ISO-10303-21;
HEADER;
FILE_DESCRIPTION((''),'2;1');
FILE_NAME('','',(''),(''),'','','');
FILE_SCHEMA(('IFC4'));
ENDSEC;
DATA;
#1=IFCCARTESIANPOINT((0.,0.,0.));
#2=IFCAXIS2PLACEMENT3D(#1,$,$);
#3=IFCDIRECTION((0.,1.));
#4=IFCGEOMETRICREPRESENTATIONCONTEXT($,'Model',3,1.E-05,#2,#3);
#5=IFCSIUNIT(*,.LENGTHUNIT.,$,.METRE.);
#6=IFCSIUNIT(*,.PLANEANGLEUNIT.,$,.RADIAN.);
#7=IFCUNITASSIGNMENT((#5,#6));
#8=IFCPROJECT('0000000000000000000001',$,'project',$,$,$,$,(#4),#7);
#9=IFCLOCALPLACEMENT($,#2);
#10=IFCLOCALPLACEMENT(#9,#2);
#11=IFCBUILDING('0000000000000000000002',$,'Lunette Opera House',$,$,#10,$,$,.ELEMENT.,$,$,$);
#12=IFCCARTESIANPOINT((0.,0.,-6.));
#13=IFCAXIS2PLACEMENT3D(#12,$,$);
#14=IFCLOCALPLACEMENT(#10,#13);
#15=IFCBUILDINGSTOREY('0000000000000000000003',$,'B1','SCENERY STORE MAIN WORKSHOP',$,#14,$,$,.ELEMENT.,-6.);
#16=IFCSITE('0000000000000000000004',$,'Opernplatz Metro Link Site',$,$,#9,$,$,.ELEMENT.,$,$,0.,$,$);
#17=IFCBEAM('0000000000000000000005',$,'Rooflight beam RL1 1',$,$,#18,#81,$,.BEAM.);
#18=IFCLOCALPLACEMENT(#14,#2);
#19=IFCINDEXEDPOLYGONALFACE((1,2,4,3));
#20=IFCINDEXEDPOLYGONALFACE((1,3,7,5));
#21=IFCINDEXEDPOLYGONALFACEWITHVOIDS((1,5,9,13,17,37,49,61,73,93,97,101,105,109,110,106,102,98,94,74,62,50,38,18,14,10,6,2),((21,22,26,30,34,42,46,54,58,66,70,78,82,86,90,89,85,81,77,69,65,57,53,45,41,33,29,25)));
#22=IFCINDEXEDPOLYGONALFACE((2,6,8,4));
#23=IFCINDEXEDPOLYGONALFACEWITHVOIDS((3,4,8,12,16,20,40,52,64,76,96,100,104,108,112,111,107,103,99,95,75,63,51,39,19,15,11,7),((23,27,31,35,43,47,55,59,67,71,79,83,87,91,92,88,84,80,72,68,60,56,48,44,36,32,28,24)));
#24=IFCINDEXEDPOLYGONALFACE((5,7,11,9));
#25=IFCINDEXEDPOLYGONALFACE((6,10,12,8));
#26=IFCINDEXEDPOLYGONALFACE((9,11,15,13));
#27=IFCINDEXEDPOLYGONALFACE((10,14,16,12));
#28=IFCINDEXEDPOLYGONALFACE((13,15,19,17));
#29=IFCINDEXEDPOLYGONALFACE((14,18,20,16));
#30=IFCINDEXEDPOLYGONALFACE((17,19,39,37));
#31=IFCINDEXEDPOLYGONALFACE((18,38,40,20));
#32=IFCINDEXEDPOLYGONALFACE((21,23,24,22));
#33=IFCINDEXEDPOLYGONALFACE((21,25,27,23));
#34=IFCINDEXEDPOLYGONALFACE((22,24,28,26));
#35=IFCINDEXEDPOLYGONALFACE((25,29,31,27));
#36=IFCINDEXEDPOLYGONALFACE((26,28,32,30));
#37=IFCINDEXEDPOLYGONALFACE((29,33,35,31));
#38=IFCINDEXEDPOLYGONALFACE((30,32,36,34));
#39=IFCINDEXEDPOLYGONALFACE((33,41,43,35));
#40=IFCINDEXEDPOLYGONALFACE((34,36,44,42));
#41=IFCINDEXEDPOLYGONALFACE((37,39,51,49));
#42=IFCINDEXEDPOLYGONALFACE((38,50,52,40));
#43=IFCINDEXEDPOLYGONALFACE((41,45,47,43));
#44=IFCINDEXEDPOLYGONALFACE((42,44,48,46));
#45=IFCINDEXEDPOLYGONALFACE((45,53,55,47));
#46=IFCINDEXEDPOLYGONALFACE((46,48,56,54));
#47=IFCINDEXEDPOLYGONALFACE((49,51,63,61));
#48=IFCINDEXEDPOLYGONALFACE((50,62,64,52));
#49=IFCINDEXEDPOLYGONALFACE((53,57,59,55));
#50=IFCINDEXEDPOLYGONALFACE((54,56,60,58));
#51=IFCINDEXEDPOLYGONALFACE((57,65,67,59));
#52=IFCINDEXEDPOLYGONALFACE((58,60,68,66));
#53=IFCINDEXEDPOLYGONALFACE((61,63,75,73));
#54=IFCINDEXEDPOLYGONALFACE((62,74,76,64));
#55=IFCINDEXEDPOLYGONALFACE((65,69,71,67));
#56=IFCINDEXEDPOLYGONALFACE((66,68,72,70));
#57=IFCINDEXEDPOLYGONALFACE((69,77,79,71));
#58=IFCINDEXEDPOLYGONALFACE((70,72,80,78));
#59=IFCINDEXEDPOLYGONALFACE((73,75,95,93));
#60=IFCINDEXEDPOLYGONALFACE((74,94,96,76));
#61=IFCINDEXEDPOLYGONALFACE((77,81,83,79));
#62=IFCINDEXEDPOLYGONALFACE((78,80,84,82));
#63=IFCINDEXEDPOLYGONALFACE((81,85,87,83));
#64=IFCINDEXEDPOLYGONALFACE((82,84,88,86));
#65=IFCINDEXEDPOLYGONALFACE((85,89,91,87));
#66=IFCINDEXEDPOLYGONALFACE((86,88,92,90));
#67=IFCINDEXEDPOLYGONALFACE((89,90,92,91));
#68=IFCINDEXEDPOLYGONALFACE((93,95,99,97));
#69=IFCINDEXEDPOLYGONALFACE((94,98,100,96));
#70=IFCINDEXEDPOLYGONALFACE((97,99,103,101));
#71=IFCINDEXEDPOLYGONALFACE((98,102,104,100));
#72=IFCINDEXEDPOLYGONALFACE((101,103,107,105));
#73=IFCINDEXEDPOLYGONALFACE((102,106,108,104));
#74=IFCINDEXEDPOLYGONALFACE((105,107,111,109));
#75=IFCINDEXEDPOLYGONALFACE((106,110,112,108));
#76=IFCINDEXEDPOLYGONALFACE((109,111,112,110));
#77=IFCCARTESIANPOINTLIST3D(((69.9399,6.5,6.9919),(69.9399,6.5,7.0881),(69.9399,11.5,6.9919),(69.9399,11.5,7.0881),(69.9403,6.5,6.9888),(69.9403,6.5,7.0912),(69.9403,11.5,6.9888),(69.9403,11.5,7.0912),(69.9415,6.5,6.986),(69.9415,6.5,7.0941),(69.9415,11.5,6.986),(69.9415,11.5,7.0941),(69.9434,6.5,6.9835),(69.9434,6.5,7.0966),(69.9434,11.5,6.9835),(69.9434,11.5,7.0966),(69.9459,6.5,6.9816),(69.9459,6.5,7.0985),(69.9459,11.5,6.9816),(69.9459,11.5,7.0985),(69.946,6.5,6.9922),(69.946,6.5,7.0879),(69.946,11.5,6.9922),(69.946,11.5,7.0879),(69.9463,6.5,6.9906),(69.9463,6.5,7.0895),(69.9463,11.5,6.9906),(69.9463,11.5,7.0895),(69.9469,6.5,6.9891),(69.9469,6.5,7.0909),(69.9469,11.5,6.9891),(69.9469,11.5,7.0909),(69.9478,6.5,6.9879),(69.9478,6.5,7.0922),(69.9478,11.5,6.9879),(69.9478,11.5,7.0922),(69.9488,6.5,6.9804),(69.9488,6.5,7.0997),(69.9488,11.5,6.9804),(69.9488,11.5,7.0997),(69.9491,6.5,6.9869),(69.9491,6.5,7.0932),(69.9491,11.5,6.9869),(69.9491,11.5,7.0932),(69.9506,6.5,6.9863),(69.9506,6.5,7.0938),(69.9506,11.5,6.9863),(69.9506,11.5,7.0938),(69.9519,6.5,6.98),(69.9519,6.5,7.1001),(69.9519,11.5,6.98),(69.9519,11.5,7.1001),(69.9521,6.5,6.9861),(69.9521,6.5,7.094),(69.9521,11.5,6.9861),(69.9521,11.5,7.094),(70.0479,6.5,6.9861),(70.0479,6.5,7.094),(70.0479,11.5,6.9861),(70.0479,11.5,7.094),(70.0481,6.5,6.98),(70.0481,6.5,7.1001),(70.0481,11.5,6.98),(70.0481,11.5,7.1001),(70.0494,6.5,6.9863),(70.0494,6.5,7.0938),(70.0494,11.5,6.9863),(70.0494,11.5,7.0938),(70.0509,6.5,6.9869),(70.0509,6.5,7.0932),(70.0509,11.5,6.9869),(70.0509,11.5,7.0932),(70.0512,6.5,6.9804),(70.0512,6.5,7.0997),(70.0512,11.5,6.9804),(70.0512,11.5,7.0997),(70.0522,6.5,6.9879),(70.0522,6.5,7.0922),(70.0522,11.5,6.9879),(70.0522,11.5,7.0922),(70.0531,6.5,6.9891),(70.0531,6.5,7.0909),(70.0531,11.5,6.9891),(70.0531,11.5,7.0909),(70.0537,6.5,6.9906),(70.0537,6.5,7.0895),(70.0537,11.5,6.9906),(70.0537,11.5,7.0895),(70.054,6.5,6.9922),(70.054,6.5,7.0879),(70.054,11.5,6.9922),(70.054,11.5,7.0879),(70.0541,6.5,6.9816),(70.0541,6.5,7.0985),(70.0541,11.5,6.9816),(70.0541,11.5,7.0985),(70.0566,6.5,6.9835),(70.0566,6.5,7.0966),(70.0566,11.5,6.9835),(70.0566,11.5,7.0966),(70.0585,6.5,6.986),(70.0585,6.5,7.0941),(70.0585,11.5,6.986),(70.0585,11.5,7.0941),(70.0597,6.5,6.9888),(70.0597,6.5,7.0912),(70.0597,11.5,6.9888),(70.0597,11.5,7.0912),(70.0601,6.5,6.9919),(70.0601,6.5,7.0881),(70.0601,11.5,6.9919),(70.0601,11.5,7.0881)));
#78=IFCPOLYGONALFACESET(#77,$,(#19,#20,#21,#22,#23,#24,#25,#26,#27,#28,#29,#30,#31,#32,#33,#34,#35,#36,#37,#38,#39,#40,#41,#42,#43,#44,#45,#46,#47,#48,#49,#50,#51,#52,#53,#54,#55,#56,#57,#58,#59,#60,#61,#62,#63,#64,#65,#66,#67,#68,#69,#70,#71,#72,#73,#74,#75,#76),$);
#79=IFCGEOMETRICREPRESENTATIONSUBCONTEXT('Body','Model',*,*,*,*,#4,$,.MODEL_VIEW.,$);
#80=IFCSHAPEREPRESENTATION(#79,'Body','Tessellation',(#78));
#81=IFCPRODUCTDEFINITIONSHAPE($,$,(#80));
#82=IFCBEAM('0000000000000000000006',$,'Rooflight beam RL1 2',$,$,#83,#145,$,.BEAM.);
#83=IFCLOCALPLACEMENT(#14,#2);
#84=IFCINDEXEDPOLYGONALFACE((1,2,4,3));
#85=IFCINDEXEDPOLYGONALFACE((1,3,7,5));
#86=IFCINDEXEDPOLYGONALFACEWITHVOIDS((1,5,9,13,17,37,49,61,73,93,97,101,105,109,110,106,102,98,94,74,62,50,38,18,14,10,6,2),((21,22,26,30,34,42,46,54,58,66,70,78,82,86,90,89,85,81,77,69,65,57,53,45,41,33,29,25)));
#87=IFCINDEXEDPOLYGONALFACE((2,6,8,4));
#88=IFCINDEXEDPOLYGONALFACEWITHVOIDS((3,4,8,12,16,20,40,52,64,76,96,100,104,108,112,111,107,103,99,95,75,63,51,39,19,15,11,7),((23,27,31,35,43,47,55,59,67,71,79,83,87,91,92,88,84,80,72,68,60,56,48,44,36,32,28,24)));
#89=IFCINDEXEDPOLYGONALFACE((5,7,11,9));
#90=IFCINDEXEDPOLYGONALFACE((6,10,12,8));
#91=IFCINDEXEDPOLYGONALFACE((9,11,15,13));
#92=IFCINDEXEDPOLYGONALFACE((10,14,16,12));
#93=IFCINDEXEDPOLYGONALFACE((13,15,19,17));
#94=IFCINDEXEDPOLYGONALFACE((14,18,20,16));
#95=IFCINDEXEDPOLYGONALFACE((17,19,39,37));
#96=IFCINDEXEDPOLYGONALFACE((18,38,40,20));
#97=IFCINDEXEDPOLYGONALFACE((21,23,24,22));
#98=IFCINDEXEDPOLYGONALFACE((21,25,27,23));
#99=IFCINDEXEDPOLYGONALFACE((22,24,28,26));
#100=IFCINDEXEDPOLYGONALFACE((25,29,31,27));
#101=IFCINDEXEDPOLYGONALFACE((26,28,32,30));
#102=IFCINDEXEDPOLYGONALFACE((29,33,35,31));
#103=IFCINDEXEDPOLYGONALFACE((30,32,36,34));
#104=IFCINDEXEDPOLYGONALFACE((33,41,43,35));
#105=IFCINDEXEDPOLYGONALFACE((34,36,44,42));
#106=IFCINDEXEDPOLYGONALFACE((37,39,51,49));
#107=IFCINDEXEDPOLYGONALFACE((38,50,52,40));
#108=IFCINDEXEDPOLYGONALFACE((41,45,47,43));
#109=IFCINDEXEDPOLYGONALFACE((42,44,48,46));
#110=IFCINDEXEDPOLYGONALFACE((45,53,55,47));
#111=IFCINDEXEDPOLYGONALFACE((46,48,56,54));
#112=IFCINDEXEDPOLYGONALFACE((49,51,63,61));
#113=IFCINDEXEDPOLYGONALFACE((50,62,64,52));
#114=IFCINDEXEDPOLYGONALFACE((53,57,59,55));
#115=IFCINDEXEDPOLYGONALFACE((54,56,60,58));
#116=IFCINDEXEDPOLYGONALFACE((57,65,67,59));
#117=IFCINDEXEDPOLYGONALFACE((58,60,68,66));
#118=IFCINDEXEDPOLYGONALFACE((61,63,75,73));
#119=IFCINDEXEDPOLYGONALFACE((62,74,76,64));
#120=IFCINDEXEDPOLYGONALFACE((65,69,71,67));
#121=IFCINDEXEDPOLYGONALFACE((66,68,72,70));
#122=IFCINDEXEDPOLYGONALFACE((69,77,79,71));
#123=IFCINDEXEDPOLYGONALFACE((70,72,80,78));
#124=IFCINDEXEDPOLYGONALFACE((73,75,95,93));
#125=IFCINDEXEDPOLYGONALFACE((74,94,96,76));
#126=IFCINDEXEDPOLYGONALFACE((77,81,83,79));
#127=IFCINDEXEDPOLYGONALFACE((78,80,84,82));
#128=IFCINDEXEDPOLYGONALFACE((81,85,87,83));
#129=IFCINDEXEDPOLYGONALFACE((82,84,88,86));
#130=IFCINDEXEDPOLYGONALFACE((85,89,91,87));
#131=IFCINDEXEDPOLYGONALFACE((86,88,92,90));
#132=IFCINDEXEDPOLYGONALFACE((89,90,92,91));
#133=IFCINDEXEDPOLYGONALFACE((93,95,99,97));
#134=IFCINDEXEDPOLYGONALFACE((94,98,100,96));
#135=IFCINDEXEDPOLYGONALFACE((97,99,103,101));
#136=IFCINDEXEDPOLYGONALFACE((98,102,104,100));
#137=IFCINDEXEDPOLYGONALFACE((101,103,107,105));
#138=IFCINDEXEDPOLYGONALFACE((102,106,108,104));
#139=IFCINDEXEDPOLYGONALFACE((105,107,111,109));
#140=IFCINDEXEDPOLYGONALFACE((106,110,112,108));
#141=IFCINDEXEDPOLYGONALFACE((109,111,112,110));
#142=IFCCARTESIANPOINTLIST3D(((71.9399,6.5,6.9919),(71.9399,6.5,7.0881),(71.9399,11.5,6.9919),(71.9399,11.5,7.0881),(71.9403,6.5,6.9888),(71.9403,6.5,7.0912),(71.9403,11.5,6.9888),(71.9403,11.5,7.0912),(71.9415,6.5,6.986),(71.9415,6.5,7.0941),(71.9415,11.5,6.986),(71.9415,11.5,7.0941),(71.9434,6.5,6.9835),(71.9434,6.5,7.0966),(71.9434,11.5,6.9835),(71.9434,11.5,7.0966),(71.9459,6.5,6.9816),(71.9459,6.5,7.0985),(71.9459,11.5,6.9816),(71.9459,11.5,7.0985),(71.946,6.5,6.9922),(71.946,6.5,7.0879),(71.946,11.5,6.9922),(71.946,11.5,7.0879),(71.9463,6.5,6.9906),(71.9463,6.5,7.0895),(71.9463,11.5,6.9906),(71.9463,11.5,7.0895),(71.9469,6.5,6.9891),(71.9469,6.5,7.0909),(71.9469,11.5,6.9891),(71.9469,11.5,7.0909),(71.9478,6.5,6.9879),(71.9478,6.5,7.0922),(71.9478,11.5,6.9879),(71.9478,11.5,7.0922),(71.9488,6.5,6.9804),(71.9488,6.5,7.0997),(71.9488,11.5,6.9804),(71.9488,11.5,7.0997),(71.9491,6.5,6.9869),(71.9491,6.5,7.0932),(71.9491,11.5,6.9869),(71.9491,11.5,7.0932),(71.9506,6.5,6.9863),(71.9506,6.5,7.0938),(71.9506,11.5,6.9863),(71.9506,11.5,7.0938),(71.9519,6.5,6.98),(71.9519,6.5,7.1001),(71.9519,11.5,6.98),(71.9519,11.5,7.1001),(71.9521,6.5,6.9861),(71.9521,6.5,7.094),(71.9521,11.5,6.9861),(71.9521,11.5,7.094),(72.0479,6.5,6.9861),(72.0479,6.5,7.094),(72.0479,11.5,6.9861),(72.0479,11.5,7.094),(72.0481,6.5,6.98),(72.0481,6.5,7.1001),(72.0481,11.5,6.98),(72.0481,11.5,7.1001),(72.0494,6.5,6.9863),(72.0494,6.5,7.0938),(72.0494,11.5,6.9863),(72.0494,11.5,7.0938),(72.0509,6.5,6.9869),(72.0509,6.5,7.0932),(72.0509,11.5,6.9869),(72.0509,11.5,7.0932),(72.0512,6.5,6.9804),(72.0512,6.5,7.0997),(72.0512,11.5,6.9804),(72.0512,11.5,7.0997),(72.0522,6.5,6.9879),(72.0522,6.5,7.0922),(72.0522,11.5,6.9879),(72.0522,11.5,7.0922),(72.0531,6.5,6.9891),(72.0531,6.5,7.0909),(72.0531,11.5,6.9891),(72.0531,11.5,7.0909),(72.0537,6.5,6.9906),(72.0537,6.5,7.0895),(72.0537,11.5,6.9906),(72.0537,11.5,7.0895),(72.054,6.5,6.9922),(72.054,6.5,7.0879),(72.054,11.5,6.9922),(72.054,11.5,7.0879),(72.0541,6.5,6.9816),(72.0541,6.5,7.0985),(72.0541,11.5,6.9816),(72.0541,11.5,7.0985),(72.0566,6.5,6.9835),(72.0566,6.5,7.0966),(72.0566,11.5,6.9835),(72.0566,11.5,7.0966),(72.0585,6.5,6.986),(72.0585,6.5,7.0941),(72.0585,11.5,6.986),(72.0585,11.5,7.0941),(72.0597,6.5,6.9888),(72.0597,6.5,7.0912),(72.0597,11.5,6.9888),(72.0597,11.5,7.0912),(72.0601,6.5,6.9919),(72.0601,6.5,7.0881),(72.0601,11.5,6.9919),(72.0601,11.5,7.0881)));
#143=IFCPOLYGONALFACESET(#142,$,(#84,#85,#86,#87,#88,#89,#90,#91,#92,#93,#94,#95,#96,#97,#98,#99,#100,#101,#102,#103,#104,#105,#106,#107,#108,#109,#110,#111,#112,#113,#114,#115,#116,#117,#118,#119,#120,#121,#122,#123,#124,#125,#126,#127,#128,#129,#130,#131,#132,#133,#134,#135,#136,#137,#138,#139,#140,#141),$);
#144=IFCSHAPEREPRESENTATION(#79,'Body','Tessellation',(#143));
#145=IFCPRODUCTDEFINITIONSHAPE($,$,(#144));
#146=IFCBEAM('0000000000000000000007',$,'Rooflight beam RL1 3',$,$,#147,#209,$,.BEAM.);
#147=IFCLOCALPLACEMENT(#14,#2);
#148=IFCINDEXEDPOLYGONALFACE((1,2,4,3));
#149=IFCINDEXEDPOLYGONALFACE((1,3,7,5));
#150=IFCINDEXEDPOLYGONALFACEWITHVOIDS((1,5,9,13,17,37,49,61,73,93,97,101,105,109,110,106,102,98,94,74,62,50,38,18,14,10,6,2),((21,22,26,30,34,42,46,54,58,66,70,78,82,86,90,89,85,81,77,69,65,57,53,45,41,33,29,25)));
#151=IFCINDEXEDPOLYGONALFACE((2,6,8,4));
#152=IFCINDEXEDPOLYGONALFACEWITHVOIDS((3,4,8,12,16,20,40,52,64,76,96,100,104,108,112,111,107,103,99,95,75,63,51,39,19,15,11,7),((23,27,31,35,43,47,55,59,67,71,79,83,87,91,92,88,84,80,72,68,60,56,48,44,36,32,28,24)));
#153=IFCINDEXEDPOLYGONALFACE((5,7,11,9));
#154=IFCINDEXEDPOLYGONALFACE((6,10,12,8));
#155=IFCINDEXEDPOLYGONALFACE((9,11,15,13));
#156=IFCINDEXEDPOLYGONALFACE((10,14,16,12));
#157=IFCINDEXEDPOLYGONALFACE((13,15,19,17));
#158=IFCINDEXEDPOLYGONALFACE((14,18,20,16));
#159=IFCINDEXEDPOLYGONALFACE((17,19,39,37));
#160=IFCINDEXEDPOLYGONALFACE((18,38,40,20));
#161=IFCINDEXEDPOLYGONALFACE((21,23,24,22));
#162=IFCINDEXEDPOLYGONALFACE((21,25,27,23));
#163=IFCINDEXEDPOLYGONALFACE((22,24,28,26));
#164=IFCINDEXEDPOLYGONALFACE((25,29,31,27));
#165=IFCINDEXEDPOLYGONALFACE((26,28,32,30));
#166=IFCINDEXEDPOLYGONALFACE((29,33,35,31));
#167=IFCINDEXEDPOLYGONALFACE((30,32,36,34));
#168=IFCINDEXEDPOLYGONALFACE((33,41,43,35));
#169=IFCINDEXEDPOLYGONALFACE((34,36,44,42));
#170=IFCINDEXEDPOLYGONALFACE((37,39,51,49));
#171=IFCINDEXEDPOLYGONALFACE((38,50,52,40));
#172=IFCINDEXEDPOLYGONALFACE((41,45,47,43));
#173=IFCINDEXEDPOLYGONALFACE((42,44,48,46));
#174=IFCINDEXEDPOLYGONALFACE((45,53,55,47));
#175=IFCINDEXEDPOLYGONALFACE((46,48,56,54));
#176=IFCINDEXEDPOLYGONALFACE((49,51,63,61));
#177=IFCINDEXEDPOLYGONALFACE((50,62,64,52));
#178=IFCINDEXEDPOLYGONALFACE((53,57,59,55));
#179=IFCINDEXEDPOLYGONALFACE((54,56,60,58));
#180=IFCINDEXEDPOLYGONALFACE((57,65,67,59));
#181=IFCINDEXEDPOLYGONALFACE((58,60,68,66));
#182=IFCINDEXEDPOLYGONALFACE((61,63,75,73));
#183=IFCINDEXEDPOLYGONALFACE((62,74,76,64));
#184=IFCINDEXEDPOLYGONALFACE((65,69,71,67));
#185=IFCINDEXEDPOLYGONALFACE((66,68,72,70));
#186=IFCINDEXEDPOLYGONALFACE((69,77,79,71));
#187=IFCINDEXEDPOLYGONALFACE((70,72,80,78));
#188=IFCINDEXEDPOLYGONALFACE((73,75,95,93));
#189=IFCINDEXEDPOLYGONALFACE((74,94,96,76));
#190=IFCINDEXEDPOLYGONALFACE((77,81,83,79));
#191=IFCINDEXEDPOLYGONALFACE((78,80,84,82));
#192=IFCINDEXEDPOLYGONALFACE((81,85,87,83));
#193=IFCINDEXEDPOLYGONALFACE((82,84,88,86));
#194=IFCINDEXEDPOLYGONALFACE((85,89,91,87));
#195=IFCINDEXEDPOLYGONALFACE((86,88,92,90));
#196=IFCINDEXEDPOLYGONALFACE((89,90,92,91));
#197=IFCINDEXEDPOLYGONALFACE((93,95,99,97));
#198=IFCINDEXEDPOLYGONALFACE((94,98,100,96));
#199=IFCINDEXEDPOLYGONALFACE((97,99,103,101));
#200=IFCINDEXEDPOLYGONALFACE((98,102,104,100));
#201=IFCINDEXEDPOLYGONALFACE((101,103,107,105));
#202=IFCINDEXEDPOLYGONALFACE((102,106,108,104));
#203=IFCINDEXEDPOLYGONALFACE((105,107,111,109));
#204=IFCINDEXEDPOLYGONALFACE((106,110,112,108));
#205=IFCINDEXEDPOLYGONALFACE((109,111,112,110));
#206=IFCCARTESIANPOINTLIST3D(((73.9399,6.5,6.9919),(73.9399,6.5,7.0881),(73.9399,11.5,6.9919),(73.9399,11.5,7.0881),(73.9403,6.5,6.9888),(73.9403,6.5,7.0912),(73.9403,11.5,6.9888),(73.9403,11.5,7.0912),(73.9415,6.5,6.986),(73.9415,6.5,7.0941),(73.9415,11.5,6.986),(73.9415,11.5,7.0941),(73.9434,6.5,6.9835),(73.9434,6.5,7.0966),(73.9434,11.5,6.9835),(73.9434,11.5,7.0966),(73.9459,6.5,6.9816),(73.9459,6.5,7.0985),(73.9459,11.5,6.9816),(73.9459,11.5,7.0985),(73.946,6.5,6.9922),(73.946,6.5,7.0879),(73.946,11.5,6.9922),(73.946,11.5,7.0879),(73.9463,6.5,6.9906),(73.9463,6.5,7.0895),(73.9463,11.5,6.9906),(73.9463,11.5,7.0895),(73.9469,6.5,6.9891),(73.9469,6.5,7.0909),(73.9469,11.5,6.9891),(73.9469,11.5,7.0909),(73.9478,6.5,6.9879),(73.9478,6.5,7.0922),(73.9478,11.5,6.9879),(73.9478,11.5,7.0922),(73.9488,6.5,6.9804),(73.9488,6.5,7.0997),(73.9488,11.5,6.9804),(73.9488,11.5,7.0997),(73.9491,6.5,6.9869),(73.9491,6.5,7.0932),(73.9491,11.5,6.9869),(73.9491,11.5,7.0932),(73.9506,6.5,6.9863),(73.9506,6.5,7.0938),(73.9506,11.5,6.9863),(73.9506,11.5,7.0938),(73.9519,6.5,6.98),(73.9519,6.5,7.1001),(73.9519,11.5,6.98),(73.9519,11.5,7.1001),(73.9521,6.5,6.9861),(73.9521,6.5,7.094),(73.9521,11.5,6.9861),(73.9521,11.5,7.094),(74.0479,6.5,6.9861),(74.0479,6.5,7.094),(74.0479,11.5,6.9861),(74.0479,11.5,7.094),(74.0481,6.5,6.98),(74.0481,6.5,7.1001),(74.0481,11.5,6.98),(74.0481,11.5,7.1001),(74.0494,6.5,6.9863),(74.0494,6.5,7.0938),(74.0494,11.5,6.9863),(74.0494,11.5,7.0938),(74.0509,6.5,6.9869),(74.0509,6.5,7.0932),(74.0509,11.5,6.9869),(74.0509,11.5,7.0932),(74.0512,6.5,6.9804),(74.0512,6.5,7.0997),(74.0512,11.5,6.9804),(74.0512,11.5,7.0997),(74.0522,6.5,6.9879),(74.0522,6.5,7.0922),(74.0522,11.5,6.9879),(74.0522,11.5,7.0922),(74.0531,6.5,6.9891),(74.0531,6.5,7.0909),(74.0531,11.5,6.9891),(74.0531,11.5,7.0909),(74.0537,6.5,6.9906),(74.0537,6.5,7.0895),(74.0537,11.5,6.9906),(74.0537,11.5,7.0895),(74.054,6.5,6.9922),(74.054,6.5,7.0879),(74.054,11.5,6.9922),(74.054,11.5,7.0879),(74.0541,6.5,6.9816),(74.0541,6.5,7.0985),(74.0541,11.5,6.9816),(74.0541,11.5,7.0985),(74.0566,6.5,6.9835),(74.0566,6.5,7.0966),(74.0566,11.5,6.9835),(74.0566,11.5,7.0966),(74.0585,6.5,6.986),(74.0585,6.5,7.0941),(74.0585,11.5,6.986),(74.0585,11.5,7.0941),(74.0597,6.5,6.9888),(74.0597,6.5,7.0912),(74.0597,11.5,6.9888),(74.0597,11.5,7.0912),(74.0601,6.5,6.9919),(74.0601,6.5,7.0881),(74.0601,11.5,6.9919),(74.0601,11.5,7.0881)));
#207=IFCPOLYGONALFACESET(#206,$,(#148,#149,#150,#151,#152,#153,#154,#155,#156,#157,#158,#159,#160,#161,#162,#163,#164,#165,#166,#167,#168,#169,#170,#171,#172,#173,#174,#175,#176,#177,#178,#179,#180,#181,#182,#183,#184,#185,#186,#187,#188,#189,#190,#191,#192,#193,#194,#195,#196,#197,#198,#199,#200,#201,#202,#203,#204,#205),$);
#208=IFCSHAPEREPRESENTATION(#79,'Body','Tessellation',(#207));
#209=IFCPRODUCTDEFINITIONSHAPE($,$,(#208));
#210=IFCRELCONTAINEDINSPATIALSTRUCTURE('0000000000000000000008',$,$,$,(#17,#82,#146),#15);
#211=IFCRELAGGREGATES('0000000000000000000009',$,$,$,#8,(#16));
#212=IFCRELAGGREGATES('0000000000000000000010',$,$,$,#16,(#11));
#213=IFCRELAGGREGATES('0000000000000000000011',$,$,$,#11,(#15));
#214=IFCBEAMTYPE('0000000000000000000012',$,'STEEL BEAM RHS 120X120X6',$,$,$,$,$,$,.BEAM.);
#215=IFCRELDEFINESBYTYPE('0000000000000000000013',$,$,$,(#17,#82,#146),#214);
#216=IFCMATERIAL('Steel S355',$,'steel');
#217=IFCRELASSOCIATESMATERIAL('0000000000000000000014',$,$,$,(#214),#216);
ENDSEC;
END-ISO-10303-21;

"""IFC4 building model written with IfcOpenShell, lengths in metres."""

from ifc_helpers import new_model, si_unit, direction, frame, origin, origin_2d, place, context, subcontext, project, spatial, hollow_rectangle, extrude, material, material_profile, profile_set, type_object, element, save


model = new_model("IFC4")

# Units and contexts
model_context = context("Model", 3, precision=1e-05, world=origin(), true_north=direction((0.0, 1.0)))
body_context = subcontext(model_context, "Body", "Model", "MODEL_VIEW")
ifc_project = project(units=[si_unit("LENGTHUNIT", "METRE"), si_unit("PLANEANGLEUNIT", "RADIAN")], contexts=[model_context])

# Site, building, storey
site_placement = place(None, origin())
site = spatial("IfcSite", under=ifc_project, at=site_placement, Name="Opernplatz Metro Link Site", CompositionType="ELEMENT", RefElevation=0.0)
building_placement = place(site_placement, origin())
building = spatial("IfcBuilding", under=site, at=building_placement, Name="Lunette Opera House", CompositionType="ELEMENT")
storey_placement = place(building_placement, frame((0.0, 0.0, -6.0)))
storey = spatial("IfcBuildingStorey", under=building, at=storey_placement, Name="B1", Description="SCENERY STORE MAIN WORKSHOP", CompositionType="ELEMENT", Elevation=-6.0)

# Beams
ifc_material_1 = material(Name="Steel S355", Category="steel")
ifc_material_profile_1 = material_profile(ifc_material_1, hollow_rectangle(XDim=0.1201, YDim=0.1201, WallThickness=0.0061, InnerFilletRadius=0.0061, OuterFilletRadius=0.012, at=origin_2d()), Name="RHS 120X120X6")
ifc_profile_set_1 = profile_set([ifc_material_profile_1], Name="Steel S355")
beam_type_1 = type_object("IfcBeamType", Name="STEEL BEAM RHS 120X120X6", PredefinedType="BEAM", material=ifc_profile_set_1)
for number, where, z_axis, x_axis, name in (
    (1, (70.0, 6.5, 7.04), (0.0, 1.0, 0.0), (-1.0, 0.0, 0.0), "Rooflight beam RL1 1"),
    (2, (72.0, 6.5, 7.04), (0.0, 1.0, 0.0), (-1.0, 0.0, 0.0), "Rooflight beam RL1 2"),
    (3, (74.0, 6.5, 7.04), (0.0, 1.0, 0.0), (-1.0, 0.0, 0.0), "Rooflight beam RL1 3"),
):
    element("IfcBeam", number, at=place(storey_placement, frame(where, z_axis=z_axis, x_axis=x_axis)), inside=storey, type_object=beam_type_1, Name=name, PredefinedType="BEAM", context=body_context, shape_type="SweptSolid", body=[
        extrude(hollow_rectangle(XDim=0.1201, YDim=0.1201, WallThickness=0.0061, InnerFilletRadius=0.0061, OuterFilletRadius=0.012, at=origin_2d()), origin(), (0.0, 0.0, 1.0), 5.0),
    ])

save(model, "model.ifc")
